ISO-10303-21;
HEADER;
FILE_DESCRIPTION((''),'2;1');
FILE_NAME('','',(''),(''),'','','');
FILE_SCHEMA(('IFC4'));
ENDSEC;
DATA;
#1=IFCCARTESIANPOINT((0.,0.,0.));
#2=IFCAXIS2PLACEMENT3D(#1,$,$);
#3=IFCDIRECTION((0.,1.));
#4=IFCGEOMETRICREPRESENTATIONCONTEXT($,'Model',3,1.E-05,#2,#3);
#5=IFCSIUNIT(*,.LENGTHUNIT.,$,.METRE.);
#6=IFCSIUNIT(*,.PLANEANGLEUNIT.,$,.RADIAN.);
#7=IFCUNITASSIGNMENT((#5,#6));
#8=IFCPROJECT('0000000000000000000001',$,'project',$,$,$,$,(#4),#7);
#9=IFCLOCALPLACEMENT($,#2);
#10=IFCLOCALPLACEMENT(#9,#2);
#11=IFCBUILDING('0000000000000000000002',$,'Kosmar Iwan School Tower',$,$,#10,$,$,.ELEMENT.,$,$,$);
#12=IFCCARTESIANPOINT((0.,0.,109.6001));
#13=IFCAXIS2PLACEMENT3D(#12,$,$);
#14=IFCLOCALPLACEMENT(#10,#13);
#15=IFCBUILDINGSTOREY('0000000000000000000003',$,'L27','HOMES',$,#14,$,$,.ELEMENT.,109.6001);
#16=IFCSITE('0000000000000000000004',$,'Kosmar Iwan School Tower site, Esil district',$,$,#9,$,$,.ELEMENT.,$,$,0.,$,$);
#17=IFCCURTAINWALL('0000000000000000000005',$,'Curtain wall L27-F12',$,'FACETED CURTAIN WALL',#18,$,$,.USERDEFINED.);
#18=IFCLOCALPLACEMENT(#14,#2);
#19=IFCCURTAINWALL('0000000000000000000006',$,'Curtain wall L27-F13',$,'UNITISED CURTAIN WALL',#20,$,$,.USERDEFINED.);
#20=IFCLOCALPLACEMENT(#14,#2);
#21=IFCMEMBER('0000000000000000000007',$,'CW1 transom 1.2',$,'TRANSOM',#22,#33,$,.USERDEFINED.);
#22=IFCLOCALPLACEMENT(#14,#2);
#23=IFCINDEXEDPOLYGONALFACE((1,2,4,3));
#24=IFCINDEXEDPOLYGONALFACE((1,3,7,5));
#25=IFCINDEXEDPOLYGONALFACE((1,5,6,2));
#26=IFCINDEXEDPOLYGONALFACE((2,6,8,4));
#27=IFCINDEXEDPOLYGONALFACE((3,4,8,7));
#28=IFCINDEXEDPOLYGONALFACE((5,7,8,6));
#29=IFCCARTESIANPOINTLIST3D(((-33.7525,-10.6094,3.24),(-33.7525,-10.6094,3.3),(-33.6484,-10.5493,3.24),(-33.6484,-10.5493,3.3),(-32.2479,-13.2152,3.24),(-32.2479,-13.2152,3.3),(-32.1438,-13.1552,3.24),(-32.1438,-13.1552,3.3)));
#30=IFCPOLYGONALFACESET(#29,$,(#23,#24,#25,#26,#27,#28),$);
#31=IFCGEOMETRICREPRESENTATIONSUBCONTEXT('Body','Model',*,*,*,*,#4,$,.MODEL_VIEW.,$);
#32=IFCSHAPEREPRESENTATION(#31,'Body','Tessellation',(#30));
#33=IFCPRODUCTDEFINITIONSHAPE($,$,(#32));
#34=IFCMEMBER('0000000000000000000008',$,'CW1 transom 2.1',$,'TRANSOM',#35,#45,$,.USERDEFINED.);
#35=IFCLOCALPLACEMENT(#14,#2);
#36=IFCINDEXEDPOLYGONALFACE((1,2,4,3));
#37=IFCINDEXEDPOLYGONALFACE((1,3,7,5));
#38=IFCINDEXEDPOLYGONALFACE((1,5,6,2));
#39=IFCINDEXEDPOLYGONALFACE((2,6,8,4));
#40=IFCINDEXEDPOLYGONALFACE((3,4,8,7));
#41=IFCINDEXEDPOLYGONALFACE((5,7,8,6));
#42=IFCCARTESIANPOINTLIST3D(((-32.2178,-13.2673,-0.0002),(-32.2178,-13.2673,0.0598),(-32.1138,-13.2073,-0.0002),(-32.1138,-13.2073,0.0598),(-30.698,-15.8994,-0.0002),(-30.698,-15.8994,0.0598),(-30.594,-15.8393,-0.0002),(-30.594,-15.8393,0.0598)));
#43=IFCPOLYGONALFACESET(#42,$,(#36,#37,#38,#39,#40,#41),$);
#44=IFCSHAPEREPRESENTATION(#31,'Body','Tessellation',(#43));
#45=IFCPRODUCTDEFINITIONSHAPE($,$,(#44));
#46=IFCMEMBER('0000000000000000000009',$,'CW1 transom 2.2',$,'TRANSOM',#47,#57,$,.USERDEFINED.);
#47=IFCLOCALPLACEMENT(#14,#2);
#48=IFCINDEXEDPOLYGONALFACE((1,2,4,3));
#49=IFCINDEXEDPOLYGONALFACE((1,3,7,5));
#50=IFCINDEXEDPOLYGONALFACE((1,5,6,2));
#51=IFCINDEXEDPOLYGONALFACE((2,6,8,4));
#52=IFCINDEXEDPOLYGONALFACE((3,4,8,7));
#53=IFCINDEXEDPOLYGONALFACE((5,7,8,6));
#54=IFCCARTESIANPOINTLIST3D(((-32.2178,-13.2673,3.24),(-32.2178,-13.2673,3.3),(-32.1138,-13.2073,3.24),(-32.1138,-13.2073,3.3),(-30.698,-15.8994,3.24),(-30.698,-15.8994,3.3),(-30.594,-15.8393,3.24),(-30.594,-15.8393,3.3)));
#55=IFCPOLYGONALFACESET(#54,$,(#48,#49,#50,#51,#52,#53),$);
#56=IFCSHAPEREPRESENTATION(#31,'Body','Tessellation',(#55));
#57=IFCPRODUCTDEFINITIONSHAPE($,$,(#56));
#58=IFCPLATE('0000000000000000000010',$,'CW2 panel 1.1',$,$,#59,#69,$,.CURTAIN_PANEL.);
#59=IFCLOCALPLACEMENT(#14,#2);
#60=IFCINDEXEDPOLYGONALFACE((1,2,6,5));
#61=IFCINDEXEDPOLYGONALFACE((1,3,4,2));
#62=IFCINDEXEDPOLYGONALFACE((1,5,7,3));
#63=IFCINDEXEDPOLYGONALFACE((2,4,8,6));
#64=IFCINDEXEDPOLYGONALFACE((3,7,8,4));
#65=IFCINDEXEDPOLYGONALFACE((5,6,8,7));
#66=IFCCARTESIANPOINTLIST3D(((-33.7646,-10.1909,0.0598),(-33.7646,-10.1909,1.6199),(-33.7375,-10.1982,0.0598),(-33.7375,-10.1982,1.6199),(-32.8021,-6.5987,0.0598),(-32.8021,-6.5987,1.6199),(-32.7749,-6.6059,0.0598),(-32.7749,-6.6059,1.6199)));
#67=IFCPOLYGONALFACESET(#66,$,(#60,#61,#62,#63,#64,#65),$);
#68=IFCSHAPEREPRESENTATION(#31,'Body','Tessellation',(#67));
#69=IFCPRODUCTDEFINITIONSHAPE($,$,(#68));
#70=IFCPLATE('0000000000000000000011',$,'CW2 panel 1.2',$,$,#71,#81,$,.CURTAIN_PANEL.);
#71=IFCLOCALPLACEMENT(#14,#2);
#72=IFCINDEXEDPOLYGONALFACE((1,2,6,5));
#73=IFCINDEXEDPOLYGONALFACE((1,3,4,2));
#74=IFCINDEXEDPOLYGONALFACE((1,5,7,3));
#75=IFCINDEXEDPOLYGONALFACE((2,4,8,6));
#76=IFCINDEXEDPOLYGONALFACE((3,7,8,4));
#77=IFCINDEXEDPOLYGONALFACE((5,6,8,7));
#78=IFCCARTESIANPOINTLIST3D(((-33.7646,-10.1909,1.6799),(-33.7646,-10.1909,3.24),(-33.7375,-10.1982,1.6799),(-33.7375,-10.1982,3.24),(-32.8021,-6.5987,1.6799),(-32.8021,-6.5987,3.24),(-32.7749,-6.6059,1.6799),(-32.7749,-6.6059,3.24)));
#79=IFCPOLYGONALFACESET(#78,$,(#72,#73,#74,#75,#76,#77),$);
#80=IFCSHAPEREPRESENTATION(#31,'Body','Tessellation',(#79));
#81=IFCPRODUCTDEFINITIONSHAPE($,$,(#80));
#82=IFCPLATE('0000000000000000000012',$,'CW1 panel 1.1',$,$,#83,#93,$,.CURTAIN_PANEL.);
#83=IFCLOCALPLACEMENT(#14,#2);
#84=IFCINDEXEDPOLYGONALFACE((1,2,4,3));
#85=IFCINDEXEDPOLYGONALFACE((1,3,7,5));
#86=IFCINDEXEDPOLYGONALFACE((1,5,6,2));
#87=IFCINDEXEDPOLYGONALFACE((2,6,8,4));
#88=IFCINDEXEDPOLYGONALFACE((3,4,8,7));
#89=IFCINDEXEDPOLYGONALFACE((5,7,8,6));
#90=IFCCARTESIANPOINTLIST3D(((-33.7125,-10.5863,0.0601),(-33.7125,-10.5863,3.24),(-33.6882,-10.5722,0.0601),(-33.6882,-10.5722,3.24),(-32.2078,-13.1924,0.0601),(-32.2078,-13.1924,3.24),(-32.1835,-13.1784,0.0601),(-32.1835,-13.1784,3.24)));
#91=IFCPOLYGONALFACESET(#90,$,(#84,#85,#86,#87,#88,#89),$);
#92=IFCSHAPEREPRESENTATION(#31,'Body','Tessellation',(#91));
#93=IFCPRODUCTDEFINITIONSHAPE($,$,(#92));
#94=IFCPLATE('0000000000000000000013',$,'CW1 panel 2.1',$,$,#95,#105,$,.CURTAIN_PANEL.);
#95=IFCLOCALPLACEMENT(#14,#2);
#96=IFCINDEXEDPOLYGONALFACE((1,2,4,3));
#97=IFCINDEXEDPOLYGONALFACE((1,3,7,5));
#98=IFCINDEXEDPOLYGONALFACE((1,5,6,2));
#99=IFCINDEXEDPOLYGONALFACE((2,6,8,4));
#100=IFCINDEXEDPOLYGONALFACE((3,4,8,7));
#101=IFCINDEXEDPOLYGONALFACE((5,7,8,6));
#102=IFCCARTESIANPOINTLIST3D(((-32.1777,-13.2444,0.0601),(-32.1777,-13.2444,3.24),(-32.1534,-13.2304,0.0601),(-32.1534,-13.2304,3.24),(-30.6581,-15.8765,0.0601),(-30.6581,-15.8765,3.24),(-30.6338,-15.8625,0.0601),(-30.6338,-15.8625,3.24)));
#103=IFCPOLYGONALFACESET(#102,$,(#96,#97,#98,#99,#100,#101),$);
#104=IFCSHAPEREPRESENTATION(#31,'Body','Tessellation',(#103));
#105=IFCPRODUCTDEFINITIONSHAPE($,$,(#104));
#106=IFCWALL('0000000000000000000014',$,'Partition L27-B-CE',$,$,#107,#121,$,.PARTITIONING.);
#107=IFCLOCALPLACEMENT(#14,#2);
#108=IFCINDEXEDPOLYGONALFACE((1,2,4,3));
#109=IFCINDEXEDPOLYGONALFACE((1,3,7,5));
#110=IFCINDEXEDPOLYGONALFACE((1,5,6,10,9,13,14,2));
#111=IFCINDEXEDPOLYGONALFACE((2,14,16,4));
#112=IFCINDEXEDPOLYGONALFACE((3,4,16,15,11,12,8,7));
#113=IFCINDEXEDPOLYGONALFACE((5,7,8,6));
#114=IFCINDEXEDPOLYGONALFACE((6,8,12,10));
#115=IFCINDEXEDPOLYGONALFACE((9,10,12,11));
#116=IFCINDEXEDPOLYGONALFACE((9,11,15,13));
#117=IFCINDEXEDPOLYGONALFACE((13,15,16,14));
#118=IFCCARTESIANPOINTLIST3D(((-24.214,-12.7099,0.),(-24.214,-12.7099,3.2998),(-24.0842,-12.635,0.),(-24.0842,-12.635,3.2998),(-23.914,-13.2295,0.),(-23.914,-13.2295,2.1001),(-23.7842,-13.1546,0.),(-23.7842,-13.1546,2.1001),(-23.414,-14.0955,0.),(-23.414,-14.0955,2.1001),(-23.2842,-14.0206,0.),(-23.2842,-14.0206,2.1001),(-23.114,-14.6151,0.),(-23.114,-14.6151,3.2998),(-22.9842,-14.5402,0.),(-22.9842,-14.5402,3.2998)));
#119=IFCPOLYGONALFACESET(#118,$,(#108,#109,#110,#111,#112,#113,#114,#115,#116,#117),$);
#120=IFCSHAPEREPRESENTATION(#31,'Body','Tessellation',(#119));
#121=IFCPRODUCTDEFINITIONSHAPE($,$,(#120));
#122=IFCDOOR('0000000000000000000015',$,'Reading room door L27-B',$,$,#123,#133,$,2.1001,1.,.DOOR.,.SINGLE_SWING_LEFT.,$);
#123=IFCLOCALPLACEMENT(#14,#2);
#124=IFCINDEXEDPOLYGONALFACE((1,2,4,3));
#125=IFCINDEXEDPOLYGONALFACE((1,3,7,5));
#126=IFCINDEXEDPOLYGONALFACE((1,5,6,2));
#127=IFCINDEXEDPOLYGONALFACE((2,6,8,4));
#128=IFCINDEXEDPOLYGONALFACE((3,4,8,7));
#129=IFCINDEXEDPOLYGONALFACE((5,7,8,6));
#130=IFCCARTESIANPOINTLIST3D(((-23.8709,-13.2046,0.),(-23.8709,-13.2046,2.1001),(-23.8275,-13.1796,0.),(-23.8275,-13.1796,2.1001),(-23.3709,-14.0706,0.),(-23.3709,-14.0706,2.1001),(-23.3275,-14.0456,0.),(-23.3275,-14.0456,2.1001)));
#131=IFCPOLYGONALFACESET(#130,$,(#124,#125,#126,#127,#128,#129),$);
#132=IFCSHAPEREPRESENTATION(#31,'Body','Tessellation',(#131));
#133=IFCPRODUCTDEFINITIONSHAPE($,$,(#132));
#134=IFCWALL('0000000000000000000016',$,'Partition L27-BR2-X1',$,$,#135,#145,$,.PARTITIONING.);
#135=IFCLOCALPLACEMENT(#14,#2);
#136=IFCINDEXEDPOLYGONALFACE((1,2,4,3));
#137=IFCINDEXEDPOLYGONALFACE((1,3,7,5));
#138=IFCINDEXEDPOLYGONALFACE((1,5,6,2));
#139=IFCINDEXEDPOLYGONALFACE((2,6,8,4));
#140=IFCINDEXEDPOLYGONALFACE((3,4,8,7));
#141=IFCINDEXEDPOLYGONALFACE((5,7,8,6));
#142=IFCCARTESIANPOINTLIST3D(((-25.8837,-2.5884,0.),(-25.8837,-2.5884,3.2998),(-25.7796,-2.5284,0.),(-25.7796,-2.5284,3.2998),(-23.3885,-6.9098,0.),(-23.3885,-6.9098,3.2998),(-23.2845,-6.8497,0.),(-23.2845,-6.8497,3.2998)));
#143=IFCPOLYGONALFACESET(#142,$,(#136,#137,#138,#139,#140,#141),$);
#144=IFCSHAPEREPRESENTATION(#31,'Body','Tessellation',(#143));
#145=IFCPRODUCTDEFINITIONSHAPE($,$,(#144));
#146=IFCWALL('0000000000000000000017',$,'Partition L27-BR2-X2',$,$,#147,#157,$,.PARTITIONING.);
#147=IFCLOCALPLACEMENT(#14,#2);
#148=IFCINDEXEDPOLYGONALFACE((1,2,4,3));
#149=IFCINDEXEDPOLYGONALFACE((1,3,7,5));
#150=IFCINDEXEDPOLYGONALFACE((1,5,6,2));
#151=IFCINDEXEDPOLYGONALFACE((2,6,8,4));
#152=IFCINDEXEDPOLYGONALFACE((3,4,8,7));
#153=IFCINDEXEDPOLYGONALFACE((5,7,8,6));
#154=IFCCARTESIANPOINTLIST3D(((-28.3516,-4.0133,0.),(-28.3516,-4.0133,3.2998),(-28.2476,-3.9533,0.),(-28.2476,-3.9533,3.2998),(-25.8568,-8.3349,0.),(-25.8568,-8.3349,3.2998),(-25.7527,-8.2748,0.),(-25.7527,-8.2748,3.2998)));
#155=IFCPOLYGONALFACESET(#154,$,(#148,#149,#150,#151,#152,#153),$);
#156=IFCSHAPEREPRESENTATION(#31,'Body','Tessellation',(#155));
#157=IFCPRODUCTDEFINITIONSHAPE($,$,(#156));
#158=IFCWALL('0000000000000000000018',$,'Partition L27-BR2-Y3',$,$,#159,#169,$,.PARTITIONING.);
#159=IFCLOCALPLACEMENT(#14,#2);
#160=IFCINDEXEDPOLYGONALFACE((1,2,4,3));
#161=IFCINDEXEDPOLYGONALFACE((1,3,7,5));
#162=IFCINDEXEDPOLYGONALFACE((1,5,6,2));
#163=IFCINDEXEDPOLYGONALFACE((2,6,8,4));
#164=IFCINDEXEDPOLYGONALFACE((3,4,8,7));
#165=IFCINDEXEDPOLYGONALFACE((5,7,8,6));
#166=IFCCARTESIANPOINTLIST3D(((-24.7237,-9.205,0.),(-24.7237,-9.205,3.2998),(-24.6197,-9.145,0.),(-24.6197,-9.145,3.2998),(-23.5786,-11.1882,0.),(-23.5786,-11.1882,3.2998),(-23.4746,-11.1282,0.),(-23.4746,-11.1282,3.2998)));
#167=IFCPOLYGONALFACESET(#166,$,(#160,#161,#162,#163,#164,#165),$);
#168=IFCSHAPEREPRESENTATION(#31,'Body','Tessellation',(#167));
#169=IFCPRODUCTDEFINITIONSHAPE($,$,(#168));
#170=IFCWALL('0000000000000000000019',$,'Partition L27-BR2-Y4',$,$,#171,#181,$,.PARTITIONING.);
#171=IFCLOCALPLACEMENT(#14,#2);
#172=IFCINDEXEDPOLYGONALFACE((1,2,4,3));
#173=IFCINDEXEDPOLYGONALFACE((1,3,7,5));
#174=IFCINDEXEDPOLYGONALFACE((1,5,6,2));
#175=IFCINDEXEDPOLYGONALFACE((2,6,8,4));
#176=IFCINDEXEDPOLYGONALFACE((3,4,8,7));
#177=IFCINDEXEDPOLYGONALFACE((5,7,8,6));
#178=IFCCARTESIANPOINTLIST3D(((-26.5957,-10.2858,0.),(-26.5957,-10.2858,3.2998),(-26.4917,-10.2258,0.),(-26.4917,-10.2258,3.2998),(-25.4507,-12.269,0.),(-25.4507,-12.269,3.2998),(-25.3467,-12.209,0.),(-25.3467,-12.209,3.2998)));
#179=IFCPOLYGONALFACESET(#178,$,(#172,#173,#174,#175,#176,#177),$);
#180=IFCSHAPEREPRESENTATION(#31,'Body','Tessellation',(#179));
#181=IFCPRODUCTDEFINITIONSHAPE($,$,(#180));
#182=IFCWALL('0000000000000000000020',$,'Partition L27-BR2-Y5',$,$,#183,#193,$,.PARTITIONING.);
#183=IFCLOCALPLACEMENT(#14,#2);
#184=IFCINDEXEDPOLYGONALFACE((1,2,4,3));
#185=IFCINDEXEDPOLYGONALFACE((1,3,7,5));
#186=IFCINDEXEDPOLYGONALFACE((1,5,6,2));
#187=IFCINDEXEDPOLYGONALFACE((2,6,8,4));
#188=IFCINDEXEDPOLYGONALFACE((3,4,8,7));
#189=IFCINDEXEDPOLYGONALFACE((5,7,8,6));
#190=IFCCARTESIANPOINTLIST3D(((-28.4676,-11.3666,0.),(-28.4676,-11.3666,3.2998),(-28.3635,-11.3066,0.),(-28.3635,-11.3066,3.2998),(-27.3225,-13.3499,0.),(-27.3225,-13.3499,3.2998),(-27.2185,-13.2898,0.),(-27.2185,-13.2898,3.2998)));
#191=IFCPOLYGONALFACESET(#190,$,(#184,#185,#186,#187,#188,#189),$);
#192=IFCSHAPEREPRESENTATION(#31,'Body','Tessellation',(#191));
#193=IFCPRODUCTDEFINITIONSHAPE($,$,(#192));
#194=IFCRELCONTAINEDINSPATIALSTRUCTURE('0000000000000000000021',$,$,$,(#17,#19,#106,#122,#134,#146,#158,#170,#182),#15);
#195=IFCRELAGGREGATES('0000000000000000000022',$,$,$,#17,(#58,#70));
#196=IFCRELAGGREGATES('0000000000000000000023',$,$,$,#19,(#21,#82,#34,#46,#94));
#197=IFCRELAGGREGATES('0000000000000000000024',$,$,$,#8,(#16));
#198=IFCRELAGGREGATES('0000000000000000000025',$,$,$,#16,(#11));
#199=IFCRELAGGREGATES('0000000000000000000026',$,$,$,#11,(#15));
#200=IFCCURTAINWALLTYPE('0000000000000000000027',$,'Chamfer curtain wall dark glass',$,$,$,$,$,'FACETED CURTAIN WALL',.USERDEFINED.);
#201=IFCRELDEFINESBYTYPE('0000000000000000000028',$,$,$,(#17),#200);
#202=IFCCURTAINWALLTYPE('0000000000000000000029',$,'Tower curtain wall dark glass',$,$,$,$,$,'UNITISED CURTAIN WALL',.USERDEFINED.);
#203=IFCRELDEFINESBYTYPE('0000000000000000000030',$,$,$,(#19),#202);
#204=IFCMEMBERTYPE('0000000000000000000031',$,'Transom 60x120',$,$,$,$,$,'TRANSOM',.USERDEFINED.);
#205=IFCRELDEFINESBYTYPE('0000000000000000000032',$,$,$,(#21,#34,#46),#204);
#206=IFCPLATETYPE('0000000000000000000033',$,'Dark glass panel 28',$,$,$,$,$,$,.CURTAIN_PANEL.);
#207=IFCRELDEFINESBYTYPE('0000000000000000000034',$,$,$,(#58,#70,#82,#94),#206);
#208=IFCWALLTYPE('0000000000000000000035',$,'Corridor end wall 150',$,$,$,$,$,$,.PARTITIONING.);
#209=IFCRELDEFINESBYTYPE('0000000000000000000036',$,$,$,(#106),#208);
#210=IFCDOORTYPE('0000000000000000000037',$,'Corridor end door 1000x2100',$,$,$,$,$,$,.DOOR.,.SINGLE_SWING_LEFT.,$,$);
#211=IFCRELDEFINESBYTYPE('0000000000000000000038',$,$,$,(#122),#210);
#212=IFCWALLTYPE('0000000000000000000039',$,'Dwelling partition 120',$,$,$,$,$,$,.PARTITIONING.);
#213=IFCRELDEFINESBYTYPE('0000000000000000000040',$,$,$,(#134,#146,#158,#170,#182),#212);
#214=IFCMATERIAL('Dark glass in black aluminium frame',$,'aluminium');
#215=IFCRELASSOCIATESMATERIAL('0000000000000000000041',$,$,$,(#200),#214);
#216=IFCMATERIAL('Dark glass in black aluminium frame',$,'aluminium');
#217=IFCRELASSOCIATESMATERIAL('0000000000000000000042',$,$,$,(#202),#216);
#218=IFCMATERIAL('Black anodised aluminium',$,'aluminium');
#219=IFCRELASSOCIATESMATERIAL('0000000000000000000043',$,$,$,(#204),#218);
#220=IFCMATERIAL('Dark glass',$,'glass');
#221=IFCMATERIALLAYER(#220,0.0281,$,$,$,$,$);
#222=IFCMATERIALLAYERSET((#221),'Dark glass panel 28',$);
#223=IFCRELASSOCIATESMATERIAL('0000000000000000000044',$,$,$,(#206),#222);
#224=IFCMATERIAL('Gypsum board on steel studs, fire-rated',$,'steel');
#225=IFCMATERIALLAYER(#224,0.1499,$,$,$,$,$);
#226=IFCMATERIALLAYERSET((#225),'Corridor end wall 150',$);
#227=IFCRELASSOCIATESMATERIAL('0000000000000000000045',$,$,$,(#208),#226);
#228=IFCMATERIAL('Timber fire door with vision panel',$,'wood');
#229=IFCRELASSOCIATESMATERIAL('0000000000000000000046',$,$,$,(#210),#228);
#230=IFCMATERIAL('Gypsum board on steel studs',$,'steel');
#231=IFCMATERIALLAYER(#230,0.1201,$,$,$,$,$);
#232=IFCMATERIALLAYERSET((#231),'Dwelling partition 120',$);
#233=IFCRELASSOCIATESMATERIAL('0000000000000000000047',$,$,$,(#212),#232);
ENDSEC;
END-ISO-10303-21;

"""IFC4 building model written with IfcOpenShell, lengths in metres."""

from ifc_helpers import new_model, si_unit, direction, frame, frame_2d, origin, origin_2d, place, context, subcontext, project, spatial, rectangle, extrude, material, layer, layer_set, material_profile, profile_set, type_object, element, fill, aggregate, save


model = new_model("IFC4")

# Units and contexts
model_context = context("Model", 3, precision=1e-05, world=origin(), true_north=direction((0.0, 1.0)))
body_context = subcontext(model_context, "Body", "Model", "MODEL_VIEW")
ifc_project = project(units=[si_unit("LENGTHUNIT", "METRE"), si_unit("PLANEANGLEUNIT", "RADIAN")], contexts=[model_context])

# Site, building, storey
site_placement = place(None, origin())
site = spatial("IfcSite", under=ifc_project, at=site_placement, Name="Kosmar Iwan School Tower site, Esil district", CompositionType="ELEMENT", RefElevation=0.0)
building_placement = place(site_placement, origin())
building = spatial("IfcBuilding", under=site, at=building_placement, Name="Kosmar Iwan School Tower", CompositionType="ELEMENT")
storey_placement = place(building_placement, frame((0.0, 0.0, 109.6001)))
storey = spatial("IfcBuildingStorey", under=building, at=storey_placement, Name="L27", Description="HOMES", CompositionType="ELEMENT", Elevation=109.6001)

# Curtain walls
ifc_material_1 = material(Name="Dark glass in black aluminium frame", Category="aluminium")
curtain_wall_type_1 = type_object("IfcCurtainWallType", Name="Chamfer curtain wall dark glass", ElementType="FACETED CURTAIN WALL", PredefinedType="USERDEFINED", material=ifc_material_1)
curtain_wall_1_placement = place(storey_placement, origin())
curtain_wall_1 = element("IfcCurtainWall", 1, at=curtain_wall_1_placement, inside=storey, type_object=curtain_wall_type_1, Name="Curtain wall L27-F12", ObjectType="FACETED CURTAIN WALL", PredefinedType="USERDEFINED")
ifc_material_2 = material(Name="Dark glass in black aluminium frame", Category="aluminium")
curtain_wall_type_2 = type_object("IfcCurtainWallType", Name="Tower curtain wall dark glass", ElementType="UNITISED CURTAIN WALL", PredefinedType="USERDEFINED", material=ifc_material_2)
curtain_wall_2_placement = place(storey_placement, origin())
curtain_wall_2 = element("IfcCurtainWall", 2, at=curtain_wall_2_placement, inside=storey, type_object=curtain_wall_type_2, Name="Curtain wall L27-F13", ObjectType="UNITISED CURTAIN WALL", PredefinedType="USERDEFINED")

# Members
ifc_material_3 = material(Name="Black anodised aluminium", Category="aluminium")
ifc_material_profile_1 = material_profile(ifc_material_3, rectangle(XDim=0.1201, YDim=0.0601, at=origin_2d()), Name="TRANSOM 60x120")
ifc_profile_set_1 = profile_set([ifc_material_profile_1], Name="Black anodised aluminium")
member_type_1 = type_object("IfcMemberType", Name="Transom 60x120", ElementType="TRANSOM", PredefinedType="USERDEFINED", material=ifc_profile_set_1)
member_1_placement = place(storey_placement, frame((-33.7004, -10.5793, 3.27), z_axis=(0.500022, -0.866013, 0.0), x_axis=(0.866013, 0.500022, 0.0)))
member_1 = element("IfcMember", 3, at=member_1_placement, type_object=member_type_1, Name="CW1 transom 1.2", ObjectType="TRANSOM", PredefinedType="USERDEFINED", context=body_context, shape_type="SweptSolid", body=[
    extrude(rectangle(XDim=0.1201, YDim=0.0601, at=origin_2d()), origin(), (0.0, 0.0, 1.0), 3.009),
])
member_2_placement = place(storey_placement, frame((-32.1658, -13.2373, 0.0298), z_axis=(0.500035, -0.866005, 0.0), x_axis=(0.866005, 0.500035, 0.0)))
member_2 = element("IfcMember", 4, at=member_2_placement, type_object=member_type_1, Name="CW1 transom 2.1", ObjectType="TRANSOM", PredefinedType="USERDEFINED", context=body_context, shape_type="SweptSolid", body=[
    extrude(rectangle(XDim=0.1201, YDim=0.0601, at=origin_2d()), origin(), (0.0, 0.0, 1.0), 3.0393),
])
member_3_placement = place(storey_placement, frame((-32.1658, -13.2373, 3.27), z_axis=(0.500035, -0.866005, 0.0), x_axis=(0.866005, 0.500035, 0.0)))
member_3 = element("IfcMember", 5, at=member_3_placement, type_object=member_type_1, Name="CW1 transom 2.2", ObjectType="TRANSOM", PredefinedType="USERDEFINED", context=body_context, shape_type="SweptSolid", body=[
    extrude(rectangle(XDim=0.1201, YDim=0.0601, at=origin_2d()), origin(), (0.0, 0.0, 1.0), 3.0393),
])

# Plates
ifc_material_4 = material(Name="Dark glass", Category="glass")
ifc_layer_1 = layer(ifc_material_4, 0.0281)
ifc_layer_set_1 = layer_set([ifc_layer_1], Name="Dark glass panel 28")
plate_type = type_object("IfcPlateType", Name="Dark glass panel 28", PredefinedType="CURTAIN_PANEL", material=ifc_layer_set_1)
plate_1_placement = place(storey_placement, frame((-33.2698, -8.3984, 0.0598), z_axis=(0.0, 0.0, 1.0), x_axis=(-0.258819, -0.965926, 0.0)))
plate_1 = element("IfcPlate", 6, at=plate_1_placement, type_object=plate_type, Name="CW2 panel 1.1", PredefinedType="CURTAIN_PANEL", context=body_context, shape_type="SweptSolid", body=[
    extrude(rectangle(XDim=3.719, YDim=0.0281, at=origin_2d()), origin(), (0.0, 0.0, 1.0), 1.5601),
])
plate_2_placement = place(storey_placement, frame((-33.2698, -8.3984, 1.6799), z_axis=(0.0, 0.0, 1.0), x_axis=(-0.258819, -0.965926, 0.0)))
plate_2 = element("IfcPlate", 7, at=plate_2_placement, type_object=plate_type, Name="CW2 panel 1.2", PredefinedType="CURTAIN_PANEL", context=body_context, shape_type="SweptSolid", body=[
    extrude(rectangle(XDim=3.719, YDim=0.0281, at=origin_2d()), origin(), (0.0, 0.0, 1.0), 1.5601),
])
aggregate(curtain_wall_1, [plate_1, plate_2])
plate_3_placement = place(storey_placement, frame((-32.948, -11.8823, 0.0601), z_axis=(0.0, 0.0, 1.0), x_axis=(0.5, -0.866025, 0.0)))
plate_3 = element("IfcPlate", 8, at=plate_3_placement, type_object=plate_type, Name="CW1 panel 1.1", PredefinedType="CURTAIN_PANEL", context=body_context, shape_type="SweptSolid", body=[
    extrude(rectangle(XDim=3.0093, YDim=0.0281, at=origin_2d()), origin(), (0.0, 0.0, 1.0), 3.1799),
])
plate_4_placement = place(storey_placement, frame((-31.4058, -14.5535, 0.0601), z_axis=(0.0, 0.0, 1.0), x_axis=(0.5, -0.866025, 0.0)))
plate_4 = element("IfcPlate", 9, at=plate_4_placement, type_object=plate_type, Name="CW1 panel 2.1", PredefinedType="CURTAIN_PANEL", context=body_context, shape_type="SweptSolid", body=[
    extrude(rectangle(XDim=3.0393, YDim=0.0281, at=origin_2d()), origin(), (0.0, 0.0, 1.0), 3.1799),
])
aggregate(curtain_wall_2, [member_1, plate_3, member_2, member_3, plate_4])

# Wall, opening, door
ifc_material_5 = material(Name="Gypsum board on steel studs, fire-rated", Category="steel")
ifc_layer_2 = layer(ifc_material_5, 0.1499)
ifc_layer_set_2 = layer_set([ifc_layer_2], Name="Corridor end wall 150")
wall_type_1 = type_object("IfcWallType", Name="Corridor end wall 150", PredefinedType="PARTITIONING", material=ifc_layer_set_2)
wall_placement = place(storey_placement, frame((-24.1492, -12.6724, 0.0), z_axis=(0.0, 0.0, 1.0), x_axis=(0.50003, -0.866008, 0.0)))
wall = element("IfcWall", 10, at=wall_placement, inside=storey, type_object=wall_type_1, Name="Partition L27-B-CE", PredefinedType="PARTITIONING", context=body_context, shape_type="SweptSolid", body=[
    extrude(rectangle(XDim=2.2, YDim=0.1499, at=frame_2d((1.1001, 0.0))), origin(), (0.0, 0.0, 1.0), 3.2998),
])
opening_placement = place(wall_placement, frame((0.6001, 0.0, 0.0)))
opening = element("IfcOpeningElement", 11, at=opening_placement, cuts=wall, PredefinedType="OPENING", context=body_context, shape_type="SweptSolid", body=[
    extrude(rectangle(XDim=1.0, YDim=2.1001, at=frame_2d((0.5, 1.05))), frame((0.0, 0.0869, 0.0), z_axis=(0.0, -1.0, 0.0), x_axis=(1.0, 0.0, 0.0)), (0.0, 0.0, 1.0), 0.1738),
])
ifc_material_6 = material(Name="Timber fire door with vision panel", Category="wood")
door_type = type_object("IfcDoorType", Name="Corridor end door 1000x2100", OperationType="SINGLE_SWING_LEFT", PredefinedType="DOOR", material=ifc_material_6)
door_placement = place(opening_placement, origin())
door = element("IfcDoor", 12, at=door_placement, inside=storey, type_object=door_type, Name="Reading room door L27-B", OperationType="SINGLE_SWING_LEFT", OverallHeight=2.1001, OverallWidth=1.0, PredefinedType="DOOR", context=body_context, shape_type="SweptSolid", body=[
    extrude(rectangle(XDim=1.0, YDim=2.1001, at=frame_2d((0.5, 1.05))), frame((0.0, 0.0249, 0.0), z_axis=(0.0, -1.0, 0.0), x_axis=(1.0, 0.0, 0.0)), (0.0, 0.0, 1.0), 0.05),
])
fill(opening, door)

# Walls
ifc_material_7 = material(Name="Gypsum board on steel studs", Category="steel")
ifc_layer_3 = layer(ifc_material_7, 0.1201)
ifc_layer_set_3 = layer_set([ifc_layer_3], Name="Dwelling partition 120")
wall_type_2 = type_object("IfcWallType", Name="Dwelling partition 120", PredefinedType="PARTITIONING", material=ifc_layer_set_3)
for number, where, z_axis, x_axis, name in (
    (13, (-23.3364, -6.8799, 0.0), (0.0, 0.0, 1.0), (-0.500033, 0.866006, 0.0), "Partition L27-BR2-X1"),
    (14, (-25.8047, -8.3049, 0.0), (0.0, 0.0, 1.0), (-0.499975, 0.86604, 0.0), "Partition L27-BR2-X2"),
):
    element("IfcWall", number, at=place(storey_placement, frame(where, z_axis=z_axis, x_axis=x_axis)), inside=storey, type_object=wall_type_2, Name=name, PredefinedType="PARTITIONING", context=body_context, shape_type="SweptSolid", body=[
        extrude(rectangle(XDim=4.99, YDim=0.1201, at=frame_2d((2.4951, 0.0))), origin(), (0.0, 0.0, 1.0), 3.2998),
    ])
for number, where, z_axis, x_axis, name in (
    (15, (-23.5266, -11.1582, 0.0), (0.0, 0.0, 1.0), (-0.500015, 0.866017, 0.0), "Partition L27-BR2-Y3"),
    (16, (-25.3987, -12.239, 0.0), (0.0, 0.0, 1.0), (-0.500015, 0.866017, 0.0), "Partition L27-BR2-Y4"),
    (17, (-27.2705, -13.3198, 0.0), (0.0, 0.0, 1.0), (-0.500015, 0.866017, 0.0), "Partition L27-BR2-Y5"),
):
    element("IfcWall", number, at=place(storey_placement, frame(where, z_axis=z_axis, x_axis=x_axis)), inside=storey, type_object=wall_type_2, Name=name, PredefinedType="PARTITIONING", context=body_context, shape_type="SweptSolid", body=[
        extrude(rectangle(XDim=2.29, YDim=0.1201, at=frame_2d((1.145, 0.0))), origin(), (0.0, 0.0, 1.0), 3.2998),
    ])

save(model, "model.ifc")
